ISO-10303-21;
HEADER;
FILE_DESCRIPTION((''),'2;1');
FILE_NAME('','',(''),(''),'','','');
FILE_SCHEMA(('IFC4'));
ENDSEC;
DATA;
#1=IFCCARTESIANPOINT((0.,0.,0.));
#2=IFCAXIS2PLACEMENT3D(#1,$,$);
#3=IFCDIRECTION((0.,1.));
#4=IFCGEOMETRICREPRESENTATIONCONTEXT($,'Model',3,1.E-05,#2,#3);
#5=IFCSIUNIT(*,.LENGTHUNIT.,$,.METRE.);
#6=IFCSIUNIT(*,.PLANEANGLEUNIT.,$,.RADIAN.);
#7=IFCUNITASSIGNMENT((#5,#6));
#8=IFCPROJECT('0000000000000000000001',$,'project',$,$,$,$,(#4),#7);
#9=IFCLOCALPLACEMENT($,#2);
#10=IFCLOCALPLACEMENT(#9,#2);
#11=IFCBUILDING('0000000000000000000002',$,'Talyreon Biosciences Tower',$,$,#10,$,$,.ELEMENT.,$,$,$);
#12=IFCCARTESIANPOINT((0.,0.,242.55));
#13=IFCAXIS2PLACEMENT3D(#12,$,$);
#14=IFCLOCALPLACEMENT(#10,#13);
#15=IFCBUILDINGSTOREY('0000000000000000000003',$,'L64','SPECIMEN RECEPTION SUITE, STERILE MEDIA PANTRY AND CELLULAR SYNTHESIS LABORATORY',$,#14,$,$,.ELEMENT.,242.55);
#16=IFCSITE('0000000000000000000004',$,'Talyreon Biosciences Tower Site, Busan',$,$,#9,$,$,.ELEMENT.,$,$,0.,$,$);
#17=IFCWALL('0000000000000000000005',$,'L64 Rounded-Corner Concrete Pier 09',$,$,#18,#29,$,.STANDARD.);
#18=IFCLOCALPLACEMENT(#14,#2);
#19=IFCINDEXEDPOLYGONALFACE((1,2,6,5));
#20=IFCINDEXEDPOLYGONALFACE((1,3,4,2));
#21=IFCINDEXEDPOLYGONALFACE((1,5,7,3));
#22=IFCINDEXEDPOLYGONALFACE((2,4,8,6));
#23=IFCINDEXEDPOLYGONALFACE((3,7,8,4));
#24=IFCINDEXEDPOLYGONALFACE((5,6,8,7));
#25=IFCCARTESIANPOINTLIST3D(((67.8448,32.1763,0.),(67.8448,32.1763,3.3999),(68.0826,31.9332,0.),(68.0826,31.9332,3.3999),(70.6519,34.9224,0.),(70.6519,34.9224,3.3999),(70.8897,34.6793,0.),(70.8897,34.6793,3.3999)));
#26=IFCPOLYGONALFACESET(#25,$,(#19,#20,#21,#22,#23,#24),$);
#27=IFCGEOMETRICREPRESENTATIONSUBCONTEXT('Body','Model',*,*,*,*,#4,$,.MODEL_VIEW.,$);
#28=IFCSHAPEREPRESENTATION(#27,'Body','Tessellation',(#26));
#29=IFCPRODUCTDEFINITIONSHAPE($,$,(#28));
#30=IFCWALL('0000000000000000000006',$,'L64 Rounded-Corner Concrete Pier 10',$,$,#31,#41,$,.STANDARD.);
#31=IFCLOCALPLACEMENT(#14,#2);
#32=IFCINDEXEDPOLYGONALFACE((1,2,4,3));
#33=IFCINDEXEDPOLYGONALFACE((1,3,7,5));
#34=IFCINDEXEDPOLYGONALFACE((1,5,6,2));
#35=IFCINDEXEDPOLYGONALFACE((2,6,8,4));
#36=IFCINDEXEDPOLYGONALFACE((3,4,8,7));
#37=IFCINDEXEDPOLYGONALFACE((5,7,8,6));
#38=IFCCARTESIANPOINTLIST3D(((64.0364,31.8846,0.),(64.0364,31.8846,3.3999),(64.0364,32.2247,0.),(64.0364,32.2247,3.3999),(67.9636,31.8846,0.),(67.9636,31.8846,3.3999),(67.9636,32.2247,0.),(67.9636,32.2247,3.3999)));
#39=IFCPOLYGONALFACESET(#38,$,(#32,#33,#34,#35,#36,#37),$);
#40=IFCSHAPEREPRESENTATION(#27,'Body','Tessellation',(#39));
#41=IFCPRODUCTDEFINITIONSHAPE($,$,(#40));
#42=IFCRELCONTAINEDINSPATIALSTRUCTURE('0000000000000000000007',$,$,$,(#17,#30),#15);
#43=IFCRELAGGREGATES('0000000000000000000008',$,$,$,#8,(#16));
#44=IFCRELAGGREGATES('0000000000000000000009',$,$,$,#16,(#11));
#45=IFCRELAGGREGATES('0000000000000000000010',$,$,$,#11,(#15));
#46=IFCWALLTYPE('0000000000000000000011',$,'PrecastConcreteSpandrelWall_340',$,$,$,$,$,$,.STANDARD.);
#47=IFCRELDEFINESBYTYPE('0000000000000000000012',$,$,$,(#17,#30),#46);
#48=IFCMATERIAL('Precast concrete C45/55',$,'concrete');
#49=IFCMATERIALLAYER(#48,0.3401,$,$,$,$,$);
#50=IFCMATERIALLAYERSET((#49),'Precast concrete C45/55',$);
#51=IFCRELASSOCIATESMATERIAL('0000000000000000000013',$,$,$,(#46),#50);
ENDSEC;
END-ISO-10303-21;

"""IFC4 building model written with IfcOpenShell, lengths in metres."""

from ifc_helpers import new_model, si_unit, direction, frame, frame_2d, origin, place, context, subcontext, project, spatial, rectangle, extrude, material, layer, layer_set, type_object, element, save


model = new_model("IFC4")

# Units and contexts
model_context = context("Model", 3, precision=1e-05, world=origin(), true_north=direction((0.0, 1.0)))
body_context = subcontext(model_context, "Body", "Model", "MODEL_VIEW")
ifc_project = project(units=[si_unit("LENGTHUNIT", "METRE"), si_unit("PLANEANGLEUNIT", "RADIAN")], contexts=[model_context])

# Site, building, storey
site_placement = place(None, origin())
site = spatial("IfcSite", under=ifc_project, at=site_placement, Name="Talyreon Biosciences Tower Site, Busan", CompositionType="ELEMENT", RefElevation=0.0)
building_placement = place(site_placement, origin())
building = spatial("IfcBuilding", under=site, at=building_placement, Name="Talyreon Biosciences Tower", CompositionType="ELEMENT")
storey_placement = place(building_placement, frame((0.0, 0.0, 242.55)))
storey = spatial("IfcBuildingStorey", under=building, at=storey_placement, Name="L64", Description="SPECIMEN RECEPTION SUITE, STERILE MEDIA PANTRY AND CELLULAR SYNTHESIS LABORATORY", CompositionType="ELEMENT", Elevation=242.55)

# Shared definitions
ifc_material_1 = material(Name="Precast concrete C45/55", Category="concrete")

# Walls
ifc_layer_1 = layer(ifc_material_1, 0.3401)
ifc_layer_set_1 = layer_set([ifc_layer_1], Name="Precast concrete C45/55")
wall_type_1 = type_object("IfcWallType", Name="PrecastConcreteSpandrelWall_340", PredefinedType="STANDARD", material=ifc_layer_set_1)
wall_1_placement = place(storey_placement, frame((70.7708, 34.8008, 0.0), z_axis=(0.0, 0.0, 1.0), x_axis=(-0.714835, -0.699293, 0.0)))
element("IfcWall", 1, at=wall_1_placement, inside=storey, type_object=wall_type_1, Name="L64 Rounded-Corner Concrete Pier 09", PredefinedType="STANDARD", context=body_context, shape_type="SweptSolid", body=[
    extrude(rectangle(XDim=3.927, YDim=0.3401, at=frame_2d((1.9634, 0.0))), origin(), (0.0, 0.0, 1.0), 3.3999),
])
wall_2_placement = place(storey_placement, frame((67.9636, 32.0547, 0.0), z_axis=(0.0, 0.0, 1.0), x_axis=(-1.0, 0.0, 0.0)))
element("IfcWall", 2, at=wall_2_placement, inside=storey, type_object=wall_type_1, Name="L64 Rounded-Corner Concrete Pier 10", PredefinedType="STANDARD", context=body_context, shape_type="SweptSolid", body=[
    extrude(rectangle(XDim=3.9272, YDim=0.3401, at=frame_2d((1.9636, 0.0))), origin(), (0.0, 0.0, 1.0), 3.3999),
])

save(model, "model.ifc")
